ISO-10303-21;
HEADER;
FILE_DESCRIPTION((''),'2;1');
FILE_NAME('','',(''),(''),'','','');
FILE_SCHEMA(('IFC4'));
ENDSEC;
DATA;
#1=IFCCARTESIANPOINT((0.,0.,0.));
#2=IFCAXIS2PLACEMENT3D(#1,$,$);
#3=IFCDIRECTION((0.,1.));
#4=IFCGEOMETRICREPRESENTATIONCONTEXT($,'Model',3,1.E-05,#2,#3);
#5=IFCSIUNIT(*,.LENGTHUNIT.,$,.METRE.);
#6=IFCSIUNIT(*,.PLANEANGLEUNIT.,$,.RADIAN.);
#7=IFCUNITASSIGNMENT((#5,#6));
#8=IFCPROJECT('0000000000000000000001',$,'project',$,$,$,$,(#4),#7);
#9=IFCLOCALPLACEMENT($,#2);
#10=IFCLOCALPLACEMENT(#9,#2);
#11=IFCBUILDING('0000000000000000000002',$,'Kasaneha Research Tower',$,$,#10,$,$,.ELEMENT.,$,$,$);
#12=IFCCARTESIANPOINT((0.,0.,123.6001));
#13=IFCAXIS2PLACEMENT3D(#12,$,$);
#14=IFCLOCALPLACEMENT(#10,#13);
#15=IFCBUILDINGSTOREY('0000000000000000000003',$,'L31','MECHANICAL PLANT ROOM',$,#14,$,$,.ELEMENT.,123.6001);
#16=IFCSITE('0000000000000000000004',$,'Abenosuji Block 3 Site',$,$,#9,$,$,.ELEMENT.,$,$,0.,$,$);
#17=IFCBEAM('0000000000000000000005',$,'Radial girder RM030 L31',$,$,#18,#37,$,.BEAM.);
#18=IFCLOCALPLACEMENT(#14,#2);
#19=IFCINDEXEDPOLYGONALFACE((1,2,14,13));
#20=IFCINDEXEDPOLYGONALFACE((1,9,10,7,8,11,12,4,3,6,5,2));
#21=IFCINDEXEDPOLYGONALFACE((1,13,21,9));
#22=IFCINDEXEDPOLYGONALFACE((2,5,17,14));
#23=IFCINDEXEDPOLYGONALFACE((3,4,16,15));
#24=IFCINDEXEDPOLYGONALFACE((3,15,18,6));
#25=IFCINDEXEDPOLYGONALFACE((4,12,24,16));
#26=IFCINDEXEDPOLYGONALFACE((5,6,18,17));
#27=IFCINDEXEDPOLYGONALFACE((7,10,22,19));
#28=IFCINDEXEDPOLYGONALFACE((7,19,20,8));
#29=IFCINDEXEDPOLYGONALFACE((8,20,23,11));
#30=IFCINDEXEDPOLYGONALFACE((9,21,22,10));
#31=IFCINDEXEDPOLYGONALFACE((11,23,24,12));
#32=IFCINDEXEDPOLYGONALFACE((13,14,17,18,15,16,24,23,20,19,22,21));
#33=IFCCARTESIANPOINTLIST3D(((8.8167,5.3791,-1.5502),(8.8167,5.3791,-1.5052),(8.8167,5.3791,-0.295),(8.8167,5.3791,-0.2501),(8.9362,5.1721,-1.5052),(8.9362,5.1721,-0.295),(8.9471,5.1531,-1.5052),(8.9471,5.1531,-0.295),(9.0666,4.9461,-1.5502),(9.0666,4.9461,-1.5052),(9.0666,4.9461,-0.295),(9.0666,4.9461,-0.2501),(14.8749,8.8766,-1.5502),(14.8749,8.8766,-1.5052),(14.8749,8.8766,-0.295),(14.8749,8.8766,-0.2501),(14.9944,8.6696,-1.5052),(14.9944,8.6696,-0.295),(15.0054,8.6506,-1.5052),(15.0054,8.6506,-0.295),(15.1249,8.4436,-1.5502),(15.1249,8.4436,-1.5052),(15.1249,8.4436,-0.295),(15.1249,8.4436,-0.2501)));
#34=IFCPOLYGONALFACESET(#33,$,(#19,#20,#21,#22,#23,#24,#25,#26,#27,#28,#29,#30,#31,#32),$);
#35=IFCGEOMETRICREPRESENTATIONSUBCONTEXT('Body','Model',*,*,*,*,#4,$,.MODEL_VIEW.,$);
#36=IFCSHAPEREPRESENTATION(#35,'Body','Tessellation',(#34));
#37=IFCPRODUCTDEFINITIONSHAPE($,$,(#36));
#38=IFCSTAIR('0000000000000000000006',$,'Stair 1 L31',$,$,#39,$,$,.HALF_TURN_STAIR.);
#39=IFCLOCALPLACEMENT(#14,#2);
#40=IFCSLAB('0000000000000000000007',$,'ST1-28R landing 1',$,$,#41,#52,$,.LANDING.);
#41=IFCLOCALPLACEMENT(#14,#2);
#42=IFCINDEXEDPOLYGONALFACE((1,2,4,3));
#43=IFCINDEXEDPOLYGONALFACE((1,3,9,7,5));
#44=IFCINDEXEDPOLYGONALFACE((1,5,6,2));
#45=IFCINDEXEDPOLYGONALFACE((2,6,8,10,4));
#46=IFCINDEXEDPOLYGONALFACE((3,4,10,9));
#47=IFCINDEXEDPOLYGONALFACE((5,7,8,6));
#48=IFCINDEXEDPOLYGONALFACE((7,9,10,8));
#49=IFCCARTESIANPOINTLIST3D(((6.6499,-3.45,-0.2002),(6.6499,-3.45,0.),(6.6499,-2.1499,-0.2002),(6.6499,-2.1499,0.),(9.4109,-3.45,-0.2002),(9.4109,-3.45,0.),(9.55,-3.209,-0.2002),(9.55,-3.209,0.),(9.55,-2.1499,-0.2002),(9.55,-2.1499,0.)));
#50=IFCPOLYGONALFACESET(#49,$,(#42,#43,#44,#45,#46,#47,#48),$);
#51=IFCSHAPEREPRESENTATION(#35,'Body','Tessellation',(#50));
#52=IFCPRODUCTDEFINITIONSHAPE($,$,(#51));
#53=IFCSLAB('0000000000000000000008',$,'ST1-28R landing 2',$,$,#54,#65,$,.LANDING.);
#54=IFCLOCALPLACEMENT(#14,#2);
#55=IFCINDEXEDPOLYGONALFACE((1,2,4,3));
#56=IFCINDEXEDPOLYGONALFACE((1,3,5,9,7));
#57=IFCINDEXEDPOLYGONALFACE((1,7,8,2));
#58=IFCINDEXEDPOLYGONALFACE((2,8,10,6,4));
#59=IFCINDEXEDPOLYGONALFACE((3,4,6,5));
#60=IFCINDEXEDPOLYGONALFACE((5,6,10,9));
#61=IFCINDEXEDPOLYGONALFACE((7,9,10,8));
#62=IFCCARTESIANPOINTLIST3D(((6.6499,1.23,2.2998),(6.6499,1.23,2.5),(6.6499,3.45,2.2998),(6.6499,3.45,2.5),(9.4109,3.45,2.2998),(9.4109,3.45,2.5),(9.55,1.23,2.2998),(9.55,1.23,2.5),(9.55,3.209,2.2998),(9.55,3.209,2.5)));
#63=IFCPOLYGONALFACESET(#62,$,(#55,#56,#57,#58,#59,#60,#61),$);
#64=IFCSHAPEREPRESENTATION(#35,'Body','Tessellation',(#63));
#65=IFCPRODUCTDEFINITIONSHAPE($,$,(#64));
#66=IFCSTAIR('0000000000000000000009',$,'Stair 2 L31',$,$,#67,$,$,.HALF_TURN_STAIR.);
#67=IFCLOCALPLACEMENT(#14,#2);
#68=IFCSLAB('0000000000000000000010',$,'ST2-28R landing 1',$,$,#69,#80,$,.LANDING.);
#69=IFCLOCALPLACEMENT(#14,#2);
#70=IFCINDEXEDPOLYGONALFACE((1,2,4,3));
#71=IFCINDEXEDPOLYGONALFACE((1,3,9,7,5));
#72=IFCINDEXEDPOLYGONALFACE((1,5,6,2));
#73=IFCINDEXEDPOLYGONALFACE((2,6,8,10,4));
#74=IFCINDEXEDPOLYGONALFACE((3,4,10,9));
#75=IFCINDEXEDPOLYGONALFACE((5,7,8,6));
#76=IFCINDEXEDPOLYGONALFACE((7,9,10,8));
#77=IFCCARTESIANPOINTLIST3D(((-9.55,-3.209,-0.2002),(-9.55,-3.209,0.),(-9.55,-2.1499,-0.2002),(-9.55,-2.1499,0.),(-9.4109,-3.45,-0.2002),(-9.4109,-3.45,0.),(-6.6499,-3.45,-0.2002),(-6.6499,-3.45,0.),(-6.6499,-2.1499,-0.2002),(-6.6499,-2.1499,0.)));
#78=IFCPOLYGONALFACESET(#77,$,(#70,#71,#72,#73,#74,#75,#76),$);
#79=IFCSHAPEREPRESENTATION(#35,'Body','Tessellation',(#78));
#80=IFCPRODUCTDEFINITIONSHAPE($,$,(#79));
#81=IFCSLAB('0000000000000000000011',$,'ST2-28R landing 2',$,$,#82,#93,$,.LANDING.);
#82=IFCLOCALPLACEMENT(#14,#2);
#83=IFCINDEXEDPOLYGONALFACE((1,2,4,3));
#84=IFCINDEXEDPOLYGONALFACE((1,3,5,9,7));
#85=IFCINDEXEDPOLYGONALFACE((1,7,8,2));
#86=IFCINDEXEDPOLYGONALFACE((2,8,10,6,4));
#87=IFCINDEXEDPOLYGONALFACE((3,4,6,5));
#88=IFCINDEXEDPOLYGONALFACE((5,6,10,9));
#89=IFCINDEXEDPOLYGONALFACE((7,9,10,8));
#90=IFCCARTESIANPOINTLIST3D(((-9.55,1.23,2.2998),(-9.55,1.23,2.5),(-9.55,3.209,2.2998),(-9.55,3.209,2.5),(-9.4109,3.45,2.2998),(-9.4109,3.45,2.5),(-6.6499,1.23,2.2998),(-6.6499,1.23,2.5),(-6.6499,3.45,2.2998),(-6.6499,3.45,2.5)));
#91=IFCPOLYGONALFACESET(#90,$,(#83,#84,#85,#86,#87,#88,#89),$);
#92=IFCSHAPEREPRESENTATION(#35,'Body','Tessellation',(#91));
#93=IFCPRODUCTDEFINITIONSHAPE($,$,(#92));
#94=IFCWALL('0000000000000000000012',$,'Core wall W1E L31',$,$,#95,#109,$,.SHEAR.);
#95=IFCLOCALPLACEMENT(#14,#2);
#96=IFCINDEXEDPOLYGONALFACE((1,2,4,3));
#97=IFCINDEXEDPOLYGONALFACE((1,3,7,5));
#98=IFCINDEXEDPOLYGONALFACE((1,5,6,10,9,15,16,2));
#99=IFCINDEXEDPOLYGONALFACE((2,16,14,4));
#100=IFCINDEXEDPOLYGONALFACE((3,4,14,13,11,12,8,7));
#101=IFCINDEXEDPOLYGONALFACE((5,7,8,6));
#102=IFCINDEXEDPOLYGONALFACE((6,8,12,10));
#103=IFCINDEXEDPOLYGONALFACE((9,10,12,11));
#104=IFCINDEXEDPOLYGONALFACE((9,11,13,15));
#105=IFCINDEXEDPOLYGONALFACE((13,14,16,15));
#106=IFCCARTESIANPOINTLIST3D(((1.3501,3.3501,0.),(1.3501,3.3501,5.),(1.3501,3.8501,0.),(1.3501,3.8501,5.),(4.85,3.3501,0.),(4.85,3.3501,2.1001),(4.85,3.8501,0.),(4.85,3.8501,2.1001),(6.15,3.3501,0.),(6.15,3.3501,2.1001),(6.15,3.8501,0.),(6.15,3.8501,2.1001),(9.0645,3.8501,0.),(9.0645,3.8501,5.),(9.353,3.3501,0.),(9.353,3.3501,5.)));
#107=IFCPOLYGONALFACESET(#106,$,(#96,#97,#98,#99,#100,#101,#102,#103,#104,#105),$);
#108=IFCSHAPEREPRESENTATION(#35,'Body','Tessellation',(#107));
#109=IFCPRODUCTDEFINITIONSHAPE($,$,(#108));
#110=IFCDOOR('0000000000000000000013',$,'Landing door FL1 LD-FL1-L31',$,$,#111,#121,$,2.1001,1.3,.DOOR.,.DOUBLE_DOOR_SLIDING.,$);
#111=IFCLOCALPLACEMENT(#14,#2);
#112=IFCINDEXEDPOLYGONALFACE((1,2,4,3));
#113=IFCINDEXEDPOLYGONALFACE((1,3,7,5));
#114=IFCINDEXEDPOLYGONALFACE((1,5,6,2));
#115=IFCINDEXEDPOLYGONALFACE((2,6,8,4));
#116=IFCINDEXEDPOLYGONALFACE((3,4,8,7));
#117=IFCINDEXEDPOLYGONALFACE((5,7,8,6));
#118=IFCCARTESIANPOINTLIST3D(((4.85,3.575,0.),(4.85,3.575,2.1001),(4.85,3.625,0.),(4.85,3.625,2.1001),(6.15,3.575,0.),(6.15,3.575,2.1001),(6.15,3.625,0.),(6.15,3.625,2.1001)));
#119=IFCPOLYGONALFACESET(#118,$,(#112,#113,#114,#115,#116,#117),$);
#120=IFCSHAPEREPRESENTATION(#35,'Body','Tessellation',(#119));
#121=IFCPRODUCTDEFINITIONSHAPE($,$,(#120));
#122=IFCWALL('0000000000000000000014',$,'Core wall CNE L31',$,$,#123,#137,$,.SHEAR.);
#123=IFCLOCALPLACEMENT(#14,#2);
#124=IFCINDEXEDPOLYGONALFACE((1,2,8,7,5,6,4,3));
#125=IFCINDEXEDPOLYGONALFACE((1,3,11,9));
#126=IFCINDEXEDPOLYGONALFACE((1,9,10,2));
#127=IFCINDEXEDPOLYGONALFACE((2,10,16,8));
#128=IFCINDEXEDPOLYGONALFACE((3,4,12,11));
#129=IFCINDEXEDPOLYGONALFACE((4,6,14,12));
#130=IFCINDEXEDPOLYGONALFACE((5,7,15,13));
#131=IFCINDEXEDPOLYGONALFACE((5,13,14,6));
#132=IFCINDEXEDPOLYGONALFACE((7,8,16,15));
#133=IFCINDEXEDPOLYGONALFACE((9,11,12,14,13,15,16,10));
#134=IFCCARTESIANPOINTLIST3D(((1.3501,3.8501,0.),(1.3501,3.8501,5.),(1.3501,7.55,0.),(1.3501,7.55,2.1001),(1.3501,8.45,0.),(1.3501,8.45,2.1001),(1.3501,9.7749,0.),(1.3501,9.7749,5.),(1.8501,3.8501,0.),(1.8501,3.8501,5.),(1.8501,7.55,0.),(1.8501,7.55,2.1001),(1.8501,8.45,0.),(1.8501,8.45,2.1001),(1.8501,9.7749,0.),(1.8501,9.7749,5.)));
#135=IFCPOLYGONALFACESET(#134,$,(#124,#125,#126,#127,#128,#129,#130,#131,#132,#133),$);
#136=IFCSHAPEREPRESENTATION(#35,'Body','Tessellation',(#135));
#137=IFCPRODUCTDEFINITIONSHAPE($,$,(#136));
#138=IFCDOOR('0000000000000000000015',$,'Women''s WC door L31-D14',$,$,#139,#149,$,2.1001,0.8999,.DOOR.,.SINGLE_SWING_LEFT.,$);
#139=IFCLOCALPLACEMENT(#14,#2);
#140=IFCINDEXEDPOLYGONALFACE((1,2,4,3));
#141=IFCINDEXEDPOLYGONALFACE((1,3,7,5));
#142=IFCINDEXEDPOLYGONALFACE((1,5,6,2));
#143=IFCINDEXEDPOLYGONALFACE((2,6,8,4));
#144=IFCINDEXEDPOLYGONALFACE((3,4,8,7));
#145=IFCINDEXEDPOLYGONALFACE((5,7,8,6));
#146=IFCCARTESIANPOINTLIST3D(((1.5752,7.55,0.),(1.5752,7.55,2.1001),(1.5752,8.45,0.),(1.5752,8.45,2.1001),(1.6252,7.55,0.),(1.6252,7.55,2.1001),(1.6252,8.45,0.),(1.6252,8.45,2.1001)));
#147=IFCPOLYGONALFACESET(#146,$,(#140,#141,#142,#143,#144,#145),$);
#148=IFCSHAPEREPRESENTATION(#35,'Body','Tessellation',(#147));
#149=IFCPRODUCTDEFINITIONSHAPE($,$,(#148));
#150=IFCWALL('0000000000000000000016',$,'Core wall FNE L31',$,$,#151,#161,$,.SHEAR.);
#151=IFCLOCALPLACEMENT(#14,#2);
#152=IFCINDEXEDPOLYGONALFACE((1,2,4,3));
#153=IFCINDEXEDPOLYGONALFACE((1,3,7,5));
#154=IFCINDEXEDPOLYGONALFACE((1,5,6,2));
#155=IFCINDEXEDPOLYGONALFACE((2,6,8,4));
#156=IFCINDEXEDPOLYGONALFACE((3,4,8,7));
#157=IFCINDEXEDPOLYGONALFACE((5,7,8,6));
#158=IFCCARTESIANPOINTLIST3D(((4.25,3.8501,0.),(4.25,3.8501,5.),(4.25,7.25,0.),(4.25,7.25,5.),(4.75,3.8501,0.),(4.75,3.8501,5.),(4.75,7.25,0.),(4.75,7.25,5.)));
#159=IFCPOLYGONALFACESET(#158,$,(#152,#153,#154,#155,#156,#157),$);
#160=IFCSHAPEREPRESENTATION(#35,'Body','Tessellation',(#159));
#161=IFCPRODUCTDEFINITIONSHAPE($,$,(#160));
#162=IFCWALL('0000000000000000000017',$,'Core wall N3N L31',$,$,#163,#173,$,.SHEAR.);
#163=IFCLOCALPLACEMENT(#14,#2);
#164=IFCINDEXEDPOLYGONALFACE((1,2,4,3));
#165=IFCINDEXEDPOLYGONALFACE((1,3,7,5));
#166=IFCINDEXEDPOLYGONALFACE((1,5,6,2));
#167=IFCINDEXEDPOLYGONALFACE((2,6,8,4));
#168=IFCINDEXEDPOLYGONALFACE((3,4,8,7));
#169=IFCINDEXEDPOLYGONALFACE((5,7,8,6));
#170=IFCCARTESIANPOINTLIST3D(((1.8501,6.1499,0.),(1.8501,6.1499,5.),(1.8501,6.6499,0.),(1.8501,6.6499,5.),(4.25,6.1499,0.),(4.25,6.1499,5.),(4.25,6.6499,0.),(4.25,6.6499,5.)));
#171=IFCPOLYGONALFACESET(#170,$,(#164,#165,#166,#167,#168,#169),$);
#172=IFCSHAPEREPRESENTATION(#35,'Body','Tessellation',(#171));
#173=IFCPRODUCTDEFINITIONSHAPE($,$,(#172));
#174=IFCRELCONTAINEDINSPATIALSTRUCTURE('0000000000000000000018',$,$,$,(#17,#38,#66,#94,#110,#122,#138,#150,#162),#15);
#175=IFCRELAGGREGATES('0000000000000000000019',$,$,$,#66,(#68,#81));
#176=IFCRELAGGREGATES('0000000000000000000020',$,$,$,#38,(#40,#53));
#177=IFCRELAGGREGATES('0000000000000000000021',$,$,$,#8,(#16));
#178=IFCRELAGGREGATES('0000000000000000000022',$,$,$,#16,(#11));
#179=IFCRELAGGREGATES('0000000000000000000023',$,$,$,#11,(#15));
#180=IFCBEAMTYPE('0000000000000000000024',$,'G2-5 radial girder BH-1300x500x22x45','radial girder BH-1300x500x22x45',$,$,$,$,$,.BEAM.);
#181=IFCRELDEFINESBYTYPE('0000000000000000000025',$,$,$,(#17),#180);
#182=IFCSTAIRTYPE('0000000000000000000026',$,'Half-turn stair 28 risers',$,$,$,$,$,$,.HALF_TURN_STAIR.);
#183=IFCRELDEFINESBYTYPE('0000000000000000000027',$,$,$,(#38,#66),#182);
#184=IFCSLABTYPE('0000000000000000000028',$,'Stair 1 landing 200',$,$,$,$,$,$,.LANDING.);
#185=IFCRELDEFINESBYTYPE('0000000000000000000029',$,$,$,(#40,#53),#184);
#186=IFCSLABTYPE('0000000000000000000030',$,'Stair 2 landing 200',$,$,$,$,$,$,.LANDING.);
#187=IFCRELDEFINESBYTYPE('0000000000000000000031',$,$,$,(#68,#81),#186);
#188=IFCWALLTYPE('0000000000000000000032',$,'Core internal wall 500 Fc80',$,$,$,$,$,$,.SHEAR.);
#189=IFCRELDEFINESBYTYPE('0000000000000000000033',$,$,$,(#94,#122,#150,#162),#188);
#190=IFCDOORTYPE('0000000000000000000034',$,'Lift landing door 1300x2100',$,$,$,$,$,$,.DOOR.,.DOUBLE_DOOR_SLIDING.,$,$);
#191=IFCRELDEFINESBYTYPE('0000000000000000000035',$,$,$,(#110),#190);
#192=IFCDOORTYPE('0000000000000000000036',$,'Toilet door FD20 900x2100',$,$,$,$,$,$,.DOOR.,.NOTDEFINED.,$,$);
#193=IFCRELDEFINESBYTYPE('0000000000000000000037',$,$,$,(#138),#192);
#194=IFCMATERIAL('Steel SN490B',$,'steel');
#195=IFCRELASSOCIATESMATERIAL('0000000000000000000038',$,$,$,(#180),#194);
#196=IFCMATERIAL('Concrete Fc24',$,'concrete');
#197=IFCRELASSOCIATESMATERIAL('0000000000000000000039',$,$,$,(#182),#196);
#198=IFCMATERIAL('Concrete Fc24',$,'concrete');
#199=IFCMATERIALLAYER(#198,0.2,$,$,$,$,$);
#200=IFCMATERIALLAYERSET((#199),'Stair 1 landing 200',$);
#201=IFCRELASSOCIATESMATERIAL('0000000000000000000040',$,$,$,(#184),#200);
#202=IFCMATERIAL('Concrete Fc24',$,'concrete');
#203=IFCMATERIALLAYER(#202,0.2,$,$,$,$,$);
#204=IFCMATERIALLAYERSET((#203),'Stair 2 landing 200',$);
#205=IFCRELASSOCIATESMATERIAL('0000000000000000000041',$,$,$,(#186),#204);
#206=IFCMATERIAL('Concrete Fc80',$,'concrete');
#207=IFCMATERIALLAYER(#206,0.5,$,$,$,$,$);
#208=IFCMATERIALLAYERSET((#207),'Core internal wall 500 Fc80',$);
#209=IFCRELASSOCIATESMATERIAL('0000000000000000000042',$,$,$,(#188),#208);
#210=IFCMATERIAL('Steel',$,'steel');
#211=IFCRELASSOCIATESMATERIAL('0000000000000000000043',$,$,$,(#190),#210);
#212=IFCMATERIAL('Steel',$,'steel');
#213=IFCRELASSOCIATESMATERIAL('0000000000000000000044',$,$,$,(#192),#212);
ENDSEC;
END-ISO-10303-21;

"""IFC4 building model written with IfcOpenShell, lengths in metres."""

from ifc_helpers import new_model, si_unit, direction, frame, frame_2d, origin, origin_2d, place, context, subcontext, project, spatial, polyline, rectangle, i_section, outline, extrude, material, layer, layer_set, material_profile, profile_set, type_object, element, fill, aggregate, save


model = new_model("IFC4")

# Units and contexts
model_context = context("Model", 3, precision=1e-05, world=origin(), true_north=direction((0.0, 1.0)))
body_context = subcontext(model_context, "Body", "Model", "MODEL_VIEW")
ifc_project = project(units=[si_unit("LENGTHUNIT", "METRE"), si_unit("PLANEANGLEUNIT", "RADIAN")], contexts=[model_context])

# Site, building, storey
site_placement = place(None, origin())
site = spatial("IfcSite", under=ifc_project, at=site_placement, Name="Abenosuji Block 3 Site", CompositionType="ELEMENT", RefElevation=0.0)
building_placement = place(site_placement, origin())
building = spatial("IfcBuilding", under=site, at=building_placement, Name="Kasaneha Research Tower", CompositionType="ELEMENT")
storey_placement = place(building_placement, frame((0.0, 0.0, 123.6001)))
storey = spatial("IfcBuildingStorey", under=building, at=storey_placement, Name="L31", Description="MECHANICAL PLANT ROOM", CompositionType="ELEMENT", Elevation=123.6001)

# Beam
ifc_material_1 = material(Name="Steel SN490B", Category="steel")
ifc_material_profile = material_profile(ifc_material_1, i_section(OverallWidth=0.5, OverallDepth=1.3, WebThickness=0.022, FlangeThickness=0.0449, at=origin_2d()), Name="BH-1300x500x22x45")
ifc_profile_set = profile_set([ifc_material_profile], Name="Steel SN490B")
beam_type = type_object("IfcBeamType", Name="G2-5 radial girder BH-1300x500x22x45", Description="radial girder BH-1300x500x22x45", PredefinedType="BEAM", material=ifc_profile_set)
beam_placement = place(storey_placement, frame((8.9417, 5.1626, -0.9001), z_axis=(0.86604, 0.499975, 0.0), x_axis=(-0.499975, 0.86604, 0.0)))
element("IfcBeam", 1, at=beam_placement, inside=storey, type_object=beam_type, Name="Radial girder RM030 L31", PredefinedType="BEAM", context=body_context, shape_type="SweptSolid", body=[
    extrude(i_section(OverallWidth=0.5, OverallDepth=1.3, WebThickness=0.022, FlangeThickness=0.0449, at=origin_2d()), origin(), (0.0, 0.0, 1.0), 6.9954),
])

# Stairs, slabs
ifc_material_2 = material(Name="Concrete Fc24", Category="concrete")
stair_type = type_object("IfcStairType", Name="Half-turn stair 28 risers", PredefinedType="HALF_TURN_STAIR", material=ifc_material_2)
stair_1_placement = place(storey_placement, origin())
stair_1 = element("IfcStair", 2, at=stair_1_placement, inside=storey, type_object=stair_type, Name="Stair 1 L31", PredefinedType="HALF_TURN_STAIR")
ifc_material_3 = material(Name="Concrete Fc24", Category="concrete")
ifc_layer_1 = layer(ifc_material_3, 0.2)
ifc_layer_set_1 = layer_set([ifc_layer_1], Name="Stair 1 landing 200")
slab_type_1 = type_object("IfcSlabType", Name="Stair 1 landing 200", PredefinedType="LANDING", material=ifc_layer_set_1)
slab_1_placement = place(storey_placement, frame((0.0, 0.0, -0.2002)))
slab_1 = element("IfcSlab", 3, at=slab_1_placement, type_object=slab_type_1, Name="ST1-28R landing 1", PredefinedType="LANDING", context=body_context, shape_type="SweptSolid", body=[
    extrude(outline(polyline([(9.4109, -3.45), (6.6499, -3.45), (6.6499, -2.1499), (9.55, -2.1499), (9.55, -3.209), (9.4109, -3.45)])), origin(), (0.0, 0.0, 1.0), 0.2002),
])
slab_2_placement = place(storey_placement, frame((0.0, 0.0, 2.2998)))
slab_2 = element("IfcSlab", 4, at=slab_2_placement, type_object=slab_type_1, Name="ST1-28R landing 2", PredefinedType="LANDING", context=body_context, shape_type="SweptSolid", body=[
    extrude(outline(polyline([(6.6499, 3.45), (9.4109, 3.45), (9.55, 3.209), (9.55, 1.23), (6.6499, 1.23), (6.6499, 3.45)])), origin(), (0.0, 0.0, 1.0), 0.2002),
])
stair_2_placement = place(storey_placement, origin())
stair_2 = element("IfcStair", 5, at=stair_2_placement, inside=storey, type_object=stair_type, Name="Stair 2 L31", PredefinedType="HALF_TURN_STAIR")
ifc_material_4 = material(Name="Concrete Fc24", Category="concrete")
ifc_layer_2 = layer(ifc_material_4, 0.2)
ifc_layer_set_2 = layer_set([ifc_layer_2], Name="Stair 2 landing 200")
slab_type_2 = type_object("IfcSlabType", Name="Stair 2 landing 200", PredefinedType="LANDING", material=ifc_layer_set_2)
slab_3_placement = place(storey_placement, frame((0.0, 0.0, -0.2002)))
slab_3 = element("IfcSlab", 6, at=slab_3_placement, type_object=slab_type_2, Name="ST2-28R landing 1", PredefinedType="LANDING", context=body_context, shape_type="SweptSolid", body=[
    extrude(outline(polyline([(-6.6499, -3.45), (-9.4109, -3.45), (-9.55, -3.209), (-9.55, -2.1499), (-6.6499, -2.1499), (-6.6499, -3.45)])), origin(), (0.0, 0.0, 1.0), 0.2002),
])
slab_4_placement = place(storey_placement, frame((0.0, 0.0, 2.2998)))
slab_4 = element("IfcSlab", 7, at=slab_4_placement, type_object=slab_type_2, Name="ST2-28R landing 2", PredefinedType="LANDING", context=body_context, shape_type="SweptSolid", body=[
    extrude(outline(polyline([(-6.6499, 1.23), (-9.55, 1.23), (-9.55, 3.209), (-9.4109, 3.45), (-6.6499, 3.45), (-6.6499, 1.23)])), origin(), (0.0, 0.0, 1.0), 0.2002),
])
aggregate(stair_2, [slab_3, slab_4])

# Walls, openings, doors
ifc_material_5 = material(Name="Concrete Fc80", Category="concrete")
ifc_layer_3 = layer(ifc_material_5, 0.5)
ifc_layer_set_3 = layer_set([ifc_layer_3], Name="Core internal wall 500 Fc80")
wall_type_1 = type_object("IfcWallType", Name="Core internal wall 500 Fc80", PredefinedType="SHEAR", material=ifc_layer_set_3)
wall_1_placement = place(storey_placement, frame((1.3501, 3.6001, 0.0), z_axis=(0.0, 0.0, 1.0), x_axis=(1.0, 0.0, 0.0)))
wall_1 = element("IfcWall", 8, at=wall_1_placement, inside=storey, type_object=wall_type_1, Name="Core wall W1E L31", PredefinedType="SHEAR", context=body_context, shape_type="SweptSolid", body=[
    extrude(outline(polyline([(0.0, -0.25), (3.5, -0.25), (4.8, -0.25), (8.0029, -0.25), (7.7144, 0.25), (4.8, 0.25), (3.5, 0.25), (0.0, 0.25), (0.0, -0.25)])), origin(), (0.0, 0.0, 1.0), 5.0),
])
opening_1_placement = place(wall_1_placement, frame((3.5, 0.0, 0.0)))
opening_1 = element("IfcOpeningElement", 9, at=opening_1_placement, cuts=wall_1, PredefinedType="OPENING", context=body_context, shape_type="SweptSolid", body=[
    extrude(rectangle(XDim=1.3, YDim=2.1001, at=frame_2d((0.6499, 1.05))), frame((0.0, 0.26, 0.0), z_axis=(0.0, -1.0, 0.0), x_axis=(1.0, 0.0, 0.0)), (0.0, 0.0, 1.0), 0.52),
])
ifc_material_6 = material(Name="Steel", Category="steel")
door_type_1 = type_object("IfcDoorType", Name="Lift landing door 1300x2100", OperationType="DOUBLE_DOOR_SLIDING", PredefinedType="DOOR", material=ifc_material_6)
door_1_placement = place(opening_1_placement, origin())
door_1 = element("IfcDoor", 10, at=door_1_placement, inside=storey, type_object=door_type_1, Name="Landing door FL1 LD-FL1-L31", OperationType="DOUBLE_DOOR_SLIDING", OverallHeight=2.1001, OverallWidth=1.3, PredefinedType="DOOR", context=body_context, shape_type="SweptSolid", body=[
    extrude(rectangle(XDim=1.3, YDim=2.1001, at=frame_2d((0.6499, 1.05))), frame((0.0, 0.0249, 0.0), z_axis=(0.0, -1.0, 0.0), x_axis=(1.0, 0.0, 0.0)), (0.0, 0.0, 1.0), 0.05),
])
fill(opening_1, door_1)
wall_2_placement = place(storey_placement, frame((1.6001, 3.8501, 0.0), z_axis=(0.0, 0.0, 1.0), x_axis=(0.0, 1.0, 0.0)))
wall_2 = element("IfcWall", 11, at=wall_2_placement, inside=storey, type_object=wall_type_1, Name="Core wall CNE L31", PredefinedType="SHEAR", context=body_context, shape_type="SweptSolid", body=[
    extrude(rectangle(XDim=5.9248, YDim=0.5, at=frame_2d((2.9624, 0.0))), origin(), (0.0, 0.0, 1.0), 5.0),
])
opening_2_placement = place(wall_2_placement, frame((3.7, 0.0, 0.0)))
opening_2 = element("IfcOpeningElement", 12, at=opening_2_placement, cuts=wall_2, PredefinedType="OPENING", context=body_context, shape_type="SweptSolid", body=[
    extrude(rectangle(XDim=0.8999, YDim=2.1001, at=frame_2d((0.45, 1.05))), frame((0.0, 0.26, 0.0), z_axis=(0.0, -1.0, 0.0), x_axis=(1.0, 0.0, 0.0)), (0.0, 0.0, 1.0), 0.52),
])
ifc_material_7 = material(Name="Steel", Category="steel")
door_type_2 = type_object("IfcDoorType", Name="Toilet door FD20 900x2100", OperationType="NOTDEFINED", PredefinedType="DOOR", material=ifc_material_7)
door_2_placement = place(opening_2_placement, origin())
door_2 = element("IfcDoor", 13, at=door_2_placement, inside=storey, type_object=door_type_2, Name="Women's WC door L31-D14", OperationType="SINGLE_SWING_LEFT", OverallHeight=2.1001, OverallWidth=0.8999, PredefinedType="DOOR", context=body_context, shape_type="SweptSolid", body=[
    extrude(rectangle(XDim=0.8999, YDim=2.1001, at=frame_2d((0.45, 1.05))), frame((0.0, 0.0249, 0.0), z_axis=(0.0, -1.0, 0.0), x_axis=(1.0, 0.0, 0.0)), (0.0, 0.0, 1.0), 0.05),
])
fill(opening_2, door_2)

# Walls
wall_3_placement = place(storey_placement, frame((4.5, 3.8501, 0.0), z_axis=(0.0, 0.0, 1.0), x_axis=(0.0, 1.0, 0.0)))
element("IfcWall", 14, at=wall_3_placement, inside=storey, type_object=wall_type_1, Name="Core wall FNE L31", PredefinedType="SHEAR", context=body_context, shape_type="SweptSolid", body=[
    extrude(rectangle(XDim=3.3999, YDim=0.5, at=frame_2d((1.7, 0.0))), origin(), (0.0, 0.0, 1.0), 5.0),
])
wall_4_placement = place(storey_placement, frame((1.8501, 6.3999, 0.0), z_axis=(0.0, 0.0, 1.0), x_axis=(1.0, 0.0, 0.0)))
element("IfcWall", 15, at=wall_4_placement, inside=storey, type_object=wall_type_1, Name="Core wall N3N L31", PredefinedType="SHEAR", context=body_context, shape_type="SweptSolid", body=[
    extrude(rectangle(XDim=2.3999, YDim=0.5, at=frame_2d((1.2, 0.0))), origin(), (0.0, 0.0, 1.0), 5.0),
])

aggregate(stair_1, [slab_1, slab_2])

save(model, "model.ifc")
